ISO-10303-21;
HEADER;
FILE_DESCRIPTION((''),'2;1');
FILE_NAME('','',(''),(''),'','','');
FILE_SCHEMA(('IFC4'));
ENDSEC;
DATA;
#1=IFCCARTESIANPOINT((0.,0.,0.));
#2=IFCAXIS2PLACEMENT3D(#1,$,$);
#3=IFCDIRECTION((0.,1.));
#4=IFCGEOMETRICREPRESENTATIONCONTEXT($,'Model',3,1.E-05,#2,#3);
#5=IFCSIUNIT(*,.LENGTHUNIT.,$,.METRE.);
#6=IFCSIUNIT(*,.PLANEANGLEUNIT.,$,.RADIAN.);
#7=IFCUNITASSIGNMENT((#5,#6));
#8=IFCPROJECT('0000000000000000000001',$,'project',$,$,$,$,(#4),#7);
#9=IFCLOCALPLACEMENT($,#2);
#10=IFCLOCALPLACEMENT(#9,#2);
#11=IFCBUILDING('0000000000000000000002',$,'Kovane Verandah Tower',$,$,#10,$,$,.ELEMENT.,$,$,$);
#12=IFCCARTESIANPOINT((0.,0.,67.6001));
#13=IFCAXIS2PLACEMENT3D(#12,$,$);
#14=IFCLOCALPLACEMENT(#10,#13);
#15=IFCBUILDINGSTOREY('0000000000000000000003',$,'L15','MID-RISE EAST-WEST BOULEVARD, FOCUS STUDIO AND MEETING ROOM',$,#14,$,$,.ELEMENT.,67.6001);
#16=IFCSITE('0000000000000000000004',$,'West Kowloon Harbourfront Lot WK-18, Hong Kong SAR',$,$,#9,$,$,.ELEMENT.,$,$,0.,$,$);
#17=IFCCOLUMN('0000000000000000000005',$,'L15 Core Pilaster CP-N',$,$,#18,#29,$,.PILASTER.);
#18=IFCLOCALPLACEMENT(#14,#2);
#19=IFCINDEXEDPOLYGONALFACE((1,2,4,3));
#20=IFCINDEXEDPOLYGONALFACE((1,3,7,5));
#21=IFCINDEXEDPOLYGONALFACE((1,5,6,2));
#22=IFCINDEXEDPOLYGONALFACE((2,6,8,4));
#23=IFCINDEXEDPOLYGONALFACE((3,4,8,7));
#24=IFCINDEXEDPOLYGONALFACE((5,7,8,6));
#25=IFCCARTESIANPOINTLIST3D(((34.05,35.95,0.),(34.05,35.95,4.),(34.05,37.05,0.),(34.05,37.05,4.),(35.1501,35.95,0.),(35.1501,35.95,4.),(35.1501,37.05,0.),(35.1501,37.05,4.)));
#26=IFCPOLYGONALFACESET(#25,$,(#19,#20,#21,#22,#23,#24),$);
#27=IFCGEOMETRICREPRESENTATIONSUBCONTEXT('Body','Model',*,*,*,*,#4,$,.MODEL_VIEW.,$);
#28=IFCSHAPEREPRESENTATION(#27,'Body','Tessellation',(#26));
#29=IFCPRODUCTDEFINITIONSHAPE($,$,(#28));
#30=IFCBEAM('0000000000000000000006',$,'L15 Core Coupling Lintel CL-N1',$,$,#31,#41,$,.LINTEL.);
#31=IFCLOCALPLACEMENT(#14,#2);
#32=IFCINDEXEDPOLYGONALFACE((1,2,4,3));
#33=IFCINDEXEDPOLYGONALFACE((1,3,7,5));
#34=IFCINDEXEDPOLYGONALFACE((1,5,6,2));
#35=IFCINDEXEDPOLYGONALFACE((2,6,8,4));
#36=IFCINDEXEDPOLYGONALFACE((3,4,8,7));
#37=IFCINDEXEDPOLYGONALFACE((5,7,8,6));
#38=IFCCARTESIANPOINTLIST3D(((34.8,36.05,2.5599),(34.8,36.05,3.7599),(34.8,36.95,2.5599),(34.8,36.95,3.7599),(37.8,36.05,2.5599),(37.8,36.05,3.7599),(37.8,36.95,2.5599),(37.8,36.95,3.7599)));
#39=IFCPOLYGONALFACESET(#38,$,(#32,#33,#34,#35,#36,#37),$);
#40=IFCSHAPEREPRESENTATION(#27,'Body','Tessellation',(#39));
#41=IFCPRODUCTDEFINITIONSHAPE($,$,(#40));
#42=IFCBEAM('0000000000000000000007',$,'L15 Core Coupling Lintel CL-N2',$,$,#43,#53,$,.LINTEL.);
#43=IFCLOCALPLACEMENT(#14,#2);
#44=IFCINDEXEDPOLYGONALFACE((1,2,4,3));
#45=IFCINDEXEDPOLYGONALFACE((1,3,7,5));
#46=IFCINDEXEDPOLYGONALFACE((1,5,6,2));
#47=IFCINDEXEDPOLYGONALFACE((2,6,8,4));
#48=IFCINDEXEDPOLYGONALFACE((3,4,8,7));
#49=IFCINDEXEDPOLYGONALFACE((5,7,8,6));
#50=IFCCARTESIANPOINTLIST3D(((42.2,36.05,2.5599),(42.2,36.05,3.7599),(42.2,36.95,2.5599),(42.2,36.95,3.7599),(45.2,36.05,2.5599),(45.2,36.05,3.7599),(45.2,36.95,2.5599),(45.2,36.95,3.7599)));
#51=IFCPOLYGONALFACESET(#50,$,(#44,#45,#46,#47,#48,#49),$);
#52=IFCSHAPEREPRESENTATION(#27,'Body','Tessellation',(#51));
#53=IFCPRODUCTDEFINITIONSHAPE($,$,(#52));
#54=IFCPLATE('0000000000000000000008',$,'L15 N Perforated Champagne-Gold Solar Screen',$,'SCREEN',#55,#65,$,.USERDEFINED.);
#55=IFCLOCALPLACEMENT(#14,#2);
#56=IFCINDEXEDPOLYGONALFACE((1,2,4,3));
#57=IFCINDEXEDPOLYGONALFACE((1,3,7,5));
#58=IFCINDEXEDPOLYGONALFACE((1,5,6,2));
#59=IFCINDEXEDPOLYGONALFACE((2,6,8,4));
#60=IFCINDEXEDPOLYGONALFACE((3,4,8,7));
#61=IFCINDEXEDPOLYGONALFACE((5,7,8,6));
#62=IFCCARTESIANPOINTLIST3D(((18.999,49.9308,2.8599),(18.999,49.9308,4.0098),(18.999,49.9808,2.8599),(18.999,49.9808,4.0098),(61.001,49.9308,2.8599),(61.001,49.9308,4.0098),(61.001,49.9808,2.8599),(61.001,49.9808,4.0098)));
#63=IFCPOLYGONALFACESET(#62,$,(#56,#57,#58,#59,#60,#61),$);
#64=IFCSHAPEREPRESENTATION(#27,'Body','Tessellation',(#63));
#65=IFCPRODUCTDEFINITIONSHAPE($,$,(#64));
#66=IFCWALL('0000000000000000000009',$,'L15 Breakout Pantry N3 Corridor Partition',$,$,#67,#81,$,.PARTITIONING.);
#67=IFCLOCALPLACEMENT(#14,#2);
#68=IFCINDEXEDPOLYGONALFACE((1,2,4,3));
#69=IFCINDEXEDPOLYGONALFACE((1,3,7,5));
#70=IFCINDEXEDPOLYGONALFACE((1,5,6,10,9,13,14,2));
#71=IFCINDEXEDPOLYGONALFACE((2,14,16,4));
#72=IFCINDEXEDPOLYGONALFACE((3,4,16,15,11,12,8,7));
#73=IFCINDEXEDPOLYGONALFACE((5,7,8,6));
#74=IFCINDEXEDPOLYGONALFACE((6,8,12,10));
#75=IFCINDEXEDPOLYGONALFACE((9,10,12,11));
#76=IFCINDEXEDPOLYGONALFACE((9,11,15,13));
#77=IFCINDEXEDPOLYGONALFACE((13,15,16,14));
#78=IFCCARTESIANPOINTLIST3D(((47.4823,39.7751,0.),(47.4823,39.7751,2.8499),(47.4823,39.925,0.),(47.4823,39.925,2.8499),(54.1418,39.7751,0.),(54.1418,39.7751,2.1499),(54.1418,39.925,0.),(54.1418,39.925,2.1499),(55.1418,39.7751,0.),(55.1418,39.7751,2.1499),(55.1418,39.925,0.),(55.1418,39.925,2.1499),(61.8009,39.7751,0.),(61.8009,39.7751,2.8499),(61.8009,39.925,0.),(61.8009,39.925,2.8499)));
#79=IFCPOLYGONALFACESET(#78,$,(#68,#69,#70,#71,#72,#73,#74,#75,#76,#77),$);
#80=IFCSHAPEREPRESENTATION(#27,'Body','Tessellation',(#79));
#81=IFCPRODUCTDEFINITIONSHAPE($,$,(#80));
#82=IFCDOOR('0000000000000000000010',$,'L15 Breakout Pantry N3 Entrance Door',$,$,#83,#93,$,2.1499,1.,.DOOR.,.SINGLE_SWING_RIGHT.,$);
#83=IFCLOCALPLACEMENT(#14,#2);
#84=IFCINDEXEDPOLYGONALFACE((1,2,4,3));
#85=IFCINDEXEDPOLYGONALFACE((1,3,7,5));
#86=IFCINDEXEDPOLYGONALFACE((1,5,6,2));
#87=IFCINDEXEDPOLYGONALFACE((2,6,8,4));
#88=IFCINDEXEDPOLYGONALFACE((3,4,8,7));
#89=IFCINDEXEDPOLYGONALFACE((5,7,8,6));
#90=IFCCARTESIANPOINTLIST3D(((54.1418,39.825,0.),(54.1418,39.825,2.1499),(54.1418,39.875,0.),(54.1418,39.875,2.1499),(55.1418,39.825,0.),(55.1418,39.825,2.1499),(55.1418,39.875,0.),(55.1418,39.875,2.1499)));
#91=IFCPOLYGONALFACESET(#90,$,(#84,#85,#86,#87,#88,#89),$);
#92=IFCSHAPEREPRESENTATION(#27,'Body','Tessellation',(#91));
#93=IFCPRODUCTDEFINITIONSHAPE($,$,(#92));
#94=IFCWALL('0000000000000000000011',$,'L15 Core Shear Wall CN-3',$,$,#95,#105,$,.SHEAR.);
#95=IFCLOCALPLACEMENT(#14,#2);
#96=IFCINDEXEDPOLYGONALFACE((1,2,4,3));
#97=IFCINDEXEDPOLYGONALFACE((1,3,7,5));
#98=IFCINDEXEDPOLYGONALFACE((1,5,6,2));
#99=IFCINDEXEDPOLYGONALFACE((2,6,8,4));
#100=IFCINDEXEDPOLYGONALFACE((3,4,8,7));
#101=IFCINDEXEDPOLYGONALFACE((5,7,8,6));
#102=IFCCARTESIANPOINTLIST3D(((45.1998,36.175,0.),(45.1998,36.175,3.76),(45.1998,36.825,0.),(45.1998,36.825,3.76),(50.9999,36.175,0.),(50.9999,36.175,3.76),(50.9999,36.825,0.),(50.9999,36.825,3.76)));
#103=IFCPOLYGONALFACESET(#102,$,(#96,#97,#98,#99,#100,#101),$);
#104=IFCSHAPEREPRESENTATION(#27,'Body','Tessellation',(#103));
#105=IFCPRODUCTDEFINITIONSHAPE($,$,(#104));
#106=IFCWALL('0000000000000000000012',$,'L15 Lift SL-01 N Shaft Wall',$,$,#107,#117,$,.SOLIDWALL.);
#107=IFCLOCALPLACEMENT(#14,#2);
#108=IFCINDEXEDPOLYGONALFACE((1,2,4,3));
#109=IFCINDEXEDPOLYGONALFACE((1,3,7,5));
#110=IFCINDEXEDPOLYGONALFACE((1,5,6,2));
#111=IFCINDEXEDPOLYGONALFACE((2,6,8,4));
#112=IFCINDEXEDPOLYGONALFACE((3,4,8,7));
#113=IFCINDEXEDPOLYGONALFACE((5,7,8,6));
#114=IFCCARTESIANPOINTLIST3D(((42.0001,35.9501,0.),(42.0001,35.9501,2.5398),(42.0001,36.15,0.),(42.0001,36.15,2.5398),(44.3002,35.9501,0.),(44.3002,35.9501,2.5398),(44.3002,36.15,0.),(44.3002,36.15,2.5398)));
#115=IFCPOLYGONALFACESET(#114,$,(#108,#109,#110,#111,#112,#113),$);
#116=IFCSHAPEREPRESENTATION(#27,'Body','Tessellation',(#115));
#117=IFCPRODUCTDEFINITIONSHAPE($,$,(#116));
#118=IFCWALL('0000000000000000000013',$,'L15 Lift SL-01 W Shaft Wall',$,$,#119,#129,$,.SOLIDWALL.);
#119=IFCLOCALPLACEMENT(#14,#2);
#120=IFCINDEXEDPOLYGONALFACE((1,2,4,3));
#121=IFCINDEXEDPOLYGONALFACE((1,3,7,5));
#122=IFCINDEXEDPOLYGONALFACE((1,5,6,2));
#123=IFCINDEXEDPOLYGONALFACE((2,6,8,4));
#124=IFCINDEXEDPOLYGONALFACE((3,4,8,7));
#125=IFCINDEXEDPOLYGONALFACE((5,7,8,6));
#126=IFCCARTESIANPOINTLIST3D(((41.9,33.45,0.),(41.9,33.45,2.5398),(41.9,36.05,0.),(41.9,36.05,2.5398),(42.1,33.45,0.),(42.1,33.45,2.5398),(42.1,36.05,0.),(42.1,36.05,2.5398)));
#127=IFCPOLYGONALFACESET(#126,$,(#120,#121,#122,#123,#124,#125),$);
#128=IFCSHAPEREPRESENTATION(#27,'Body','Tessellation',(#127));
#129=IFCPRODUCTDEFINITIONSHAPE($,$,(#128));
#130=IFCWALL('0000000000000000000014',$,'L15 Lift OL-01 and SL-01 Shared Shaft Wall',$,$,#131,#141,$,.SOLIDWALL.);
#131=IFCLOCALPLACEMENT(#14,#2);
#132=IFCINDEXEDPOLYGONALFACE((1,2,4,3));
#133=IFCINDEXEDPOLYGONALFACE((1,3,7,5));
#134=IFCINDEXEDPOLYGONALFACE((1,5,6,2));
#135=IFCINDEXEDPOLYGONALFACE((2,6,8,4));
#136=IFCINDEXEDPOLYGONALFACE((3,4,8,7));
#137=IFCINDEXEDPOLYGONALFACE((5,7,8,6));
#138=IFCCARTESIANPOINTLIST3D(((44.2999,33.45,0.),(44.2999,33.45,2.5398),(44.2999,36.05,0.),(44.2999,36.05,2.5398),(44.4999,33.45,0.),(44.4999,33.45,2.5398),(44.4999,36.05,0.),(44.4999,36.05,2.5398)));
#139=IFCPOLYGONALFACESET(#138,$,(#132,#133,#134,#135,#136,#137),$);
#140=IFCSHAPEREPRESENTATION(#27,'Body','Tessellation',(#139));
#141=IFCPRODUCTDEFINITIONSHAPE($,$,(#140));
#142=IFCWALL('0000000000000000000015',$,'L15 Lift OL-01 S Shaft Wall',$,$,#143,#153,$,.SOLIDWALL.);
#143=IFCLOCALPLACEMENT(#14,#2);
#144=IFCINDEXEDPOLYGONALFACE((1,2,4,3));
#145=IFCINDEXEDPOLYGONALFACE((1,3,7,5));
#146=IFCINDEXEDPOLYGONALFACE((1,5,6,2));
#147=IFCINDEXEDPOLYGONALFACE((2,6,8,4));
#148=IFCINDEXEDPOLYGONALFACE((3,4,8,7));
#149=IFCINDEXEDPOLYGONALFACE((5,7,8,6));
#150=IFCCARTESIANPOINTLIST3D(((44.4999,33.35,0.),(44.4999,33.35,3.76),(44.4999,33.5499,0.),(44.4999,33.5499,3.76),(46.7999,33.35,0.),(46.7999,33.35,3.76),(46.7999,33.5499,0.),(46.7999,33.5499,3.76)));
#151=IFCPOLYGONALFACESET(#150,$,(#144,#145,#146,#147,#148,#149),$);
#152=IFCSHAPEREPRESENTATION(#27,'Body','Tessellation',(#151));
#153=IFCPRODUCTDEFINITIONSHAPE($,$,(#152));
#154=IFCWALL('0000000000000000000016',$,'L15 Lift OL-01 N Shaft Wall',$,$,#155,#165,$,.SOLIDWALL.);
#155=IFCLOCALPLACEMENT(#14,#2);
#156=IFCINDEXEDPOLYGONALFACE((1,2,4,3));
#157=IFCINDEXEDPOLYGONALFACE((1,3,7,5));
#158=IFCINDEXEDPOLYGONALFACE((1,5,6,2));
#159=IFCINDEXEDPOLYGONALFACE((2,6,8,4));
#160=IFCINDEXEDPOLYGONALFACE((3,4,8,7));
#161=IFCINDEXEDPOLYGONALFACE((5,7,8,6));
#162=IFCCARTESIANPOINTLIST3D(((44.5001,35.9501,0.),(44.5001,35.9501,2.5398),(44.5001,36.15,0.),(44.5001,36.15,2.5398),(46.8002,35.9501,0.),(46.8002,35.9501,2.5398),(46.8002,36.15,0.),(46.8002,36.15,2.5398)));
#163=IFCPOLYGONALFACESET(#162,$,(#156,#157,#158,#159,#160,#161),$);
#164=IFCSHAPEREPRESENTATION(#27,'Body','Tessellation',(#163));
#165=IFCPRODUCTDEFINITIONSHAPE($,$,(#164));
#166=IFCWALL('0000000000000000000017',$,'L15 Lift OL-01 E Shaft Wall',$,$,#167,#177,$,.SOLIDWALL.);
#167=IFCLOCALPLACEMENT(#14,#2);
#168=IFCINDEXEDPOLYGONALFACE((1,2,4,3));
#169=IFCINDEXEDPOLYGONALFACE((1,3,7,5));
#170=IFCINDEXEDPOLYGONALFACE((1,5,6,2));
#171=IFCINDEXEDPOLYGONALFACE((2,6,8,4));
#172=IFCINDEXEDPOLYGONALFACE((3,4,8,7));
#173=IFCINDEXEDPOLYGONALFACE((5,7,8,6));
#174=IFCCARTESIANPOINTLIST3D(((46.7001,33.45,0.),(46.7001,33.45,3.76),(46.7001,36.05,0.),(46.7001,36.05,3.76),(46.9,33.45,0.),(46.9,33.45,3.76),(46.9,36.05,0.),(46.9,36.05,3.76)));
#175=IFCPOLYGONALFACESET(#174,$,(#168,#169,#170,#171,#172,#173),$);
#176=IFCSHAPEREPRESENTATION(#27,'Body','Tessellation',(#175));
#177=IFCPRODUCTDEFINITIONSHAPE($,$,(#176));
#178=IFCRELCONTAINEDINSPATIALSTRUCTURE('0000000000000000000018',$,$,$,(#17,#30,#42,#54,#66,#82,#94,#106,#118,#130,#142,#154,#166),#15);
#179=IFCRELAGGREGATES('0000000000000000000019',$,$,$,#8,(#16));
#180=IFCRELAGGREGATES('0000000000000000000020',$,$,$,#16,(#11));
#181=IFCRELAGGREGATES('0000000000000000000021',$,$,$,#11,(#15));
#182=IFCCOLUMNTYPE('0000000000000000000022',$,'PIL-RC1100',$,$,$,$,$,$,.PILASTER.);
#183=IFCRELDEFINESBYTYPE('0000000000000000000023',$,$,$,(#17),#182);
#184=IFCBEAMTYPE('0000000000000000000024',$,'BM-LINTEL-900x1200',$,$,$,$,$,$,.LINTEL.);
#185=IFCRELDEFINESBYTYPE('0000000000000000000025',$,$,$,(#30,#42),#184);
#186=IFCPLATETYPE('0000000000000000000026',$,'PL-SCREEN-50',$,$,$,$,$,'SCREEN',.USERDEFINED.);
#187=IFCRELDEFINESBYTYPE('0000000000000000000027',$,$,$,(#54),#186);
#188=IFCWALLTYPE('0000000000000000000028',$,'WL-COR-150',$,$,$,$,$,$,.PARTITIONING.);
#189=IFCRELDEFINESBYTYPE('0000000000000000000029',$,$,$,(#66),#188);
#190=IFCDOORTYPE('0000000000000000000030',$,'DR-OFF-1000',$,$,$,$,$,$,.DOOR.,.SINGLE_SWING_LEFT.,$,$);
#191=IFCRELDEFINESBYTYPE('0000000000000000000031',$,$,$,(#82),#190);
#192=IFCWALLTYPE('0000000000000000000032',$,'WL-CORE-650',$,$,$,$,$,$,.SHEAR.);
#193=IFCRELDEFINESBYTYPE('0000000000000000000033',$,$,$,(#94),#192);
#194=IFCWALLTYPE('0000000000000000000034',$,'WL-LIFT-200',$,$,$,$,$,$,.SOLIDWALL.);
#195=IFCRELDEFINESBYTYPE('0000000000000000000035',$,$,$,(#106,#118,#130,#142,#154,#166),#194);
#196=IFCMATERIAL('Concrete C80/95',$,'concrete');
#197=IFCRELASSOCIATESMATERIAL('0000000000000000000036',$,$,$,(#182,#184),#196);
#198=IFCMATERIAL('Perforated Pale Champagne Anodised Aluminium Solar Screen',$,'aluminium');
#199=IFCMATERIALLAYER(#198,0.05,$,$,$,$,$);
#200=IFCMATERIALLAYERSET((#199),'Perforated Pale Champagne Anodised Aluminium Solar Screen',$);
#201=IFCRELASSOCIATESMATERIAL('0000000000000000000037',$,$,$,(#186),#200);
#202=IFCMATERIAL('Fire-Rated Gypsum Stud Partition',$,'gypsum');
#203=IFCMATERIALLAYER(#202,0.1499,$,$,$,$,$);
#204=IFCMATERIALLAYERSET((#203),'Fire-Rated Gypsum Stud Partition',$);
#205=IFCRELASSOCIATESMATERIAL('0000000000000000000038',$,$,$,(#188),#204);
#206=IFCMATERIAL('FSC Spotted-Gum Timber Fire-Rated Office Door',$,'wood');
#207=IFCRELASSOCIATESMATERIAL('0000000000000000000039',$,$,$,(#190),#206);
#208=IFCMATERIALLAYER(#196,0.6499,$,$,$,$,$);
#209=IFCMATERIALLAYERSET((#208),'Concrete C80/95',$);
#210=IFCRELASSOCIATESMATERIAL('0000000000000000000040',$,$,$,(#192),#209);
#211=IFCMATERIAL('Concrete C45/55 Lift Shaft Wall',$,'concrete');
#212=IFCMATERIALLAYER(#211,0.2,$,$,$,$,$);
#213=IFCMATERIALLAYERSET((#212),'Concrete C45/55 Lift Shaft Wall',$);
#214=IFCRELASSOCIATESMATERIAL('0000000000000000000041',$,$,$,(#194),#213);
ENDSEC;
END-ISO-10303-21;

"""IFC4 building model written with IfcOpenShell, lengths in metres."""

from ifc_helpers import new_model, si_unit, direction, frame, frame_2d, origin, origin_2d, place, context, subcontext, project, spatial, rectangle, extrude, material, layer, layer_set, material_profile, profile_set, type_object, element, fill, save


model = new_model("IFC4")

# Units and contexts
model_context = context("Model", 3, precision=1e-05, world=origin(), true_north=direction((0.0, 1.0)))
body_context = subcontext(model_context, "Body", "Model", "MODEL_VIEW")
ifc_project = project(units=[si_unit("LENGTHUNIT", "METRE"), si_unit("PLANEANGLEUNIT", "RADIAN")], contexts=[model_context])

# Site, building, storey
site_placement = place(None, origin())
site = spatial("IfcSite", under=ifc_project, at=site_placement, Name="West Kowloon Harbourfront Lot WK-18, Hong Kong SAR", CompositionType="ELEMENT", RefElevation=0.0)
building_placement = place(site_placement, origin())
building = spatial("IfcBuilding", under=site, at=building_placement, Name="Kovane Verandah Tower", CompositionType="ELEMENT")
storey_placement = place(building_placement, frame((0.0, 0.0, 67.6001)))
storey = spatial("IfcBuildingStorey", under=building, at=storey_placement, Name="L15", Description="MID-RISE EAST-WEST BOULEVARD, FOCUS STUDIO AND MEETING ROOM", CompositionType="ELEMENT", Elevation=67.6001)

# Column
ifc_material_1 = material(Name="Concrete C80/95", Category="concrete")
ifc_material_profile_1 = material_profile(ifc_material_1, rectangle(XDim=1.1001, YDim=1.1001, at=origin_2d()), Name="RC1100x1100")
ifc_profile_set_1 = profile_set([ifc_material_profile_1], Name="Concrete C80/95")
column_type = type_object("IfcColumnType", Name="PIL-RC1100", PredefinedType="PILASTER", material=ifc_profile_set_1)
column_placement = place(storey_placement, frame((34.6001, 36.5, 0.0), z_axis=(0.0, 0.0, 1.0), x_axis=(1.0, 0.0, 0.0)))
element("IfcColumn", 1, at=column_placement, inside=storey, type_object=column_type, Name="L15 Core Pilaster CP-N", PredefinedType="PILASTER", context=body_context, shape_type="SweptSolid", body=[
    extrude(rectangle(XDim=1.1001, YDim=1.1001, at=origin_2d()), origin(), (0.0, 0.0, 1.0), 4.0),
])

# Beams
ifc_material_profile_2 = material_profile(ifc_material_1, rectangle(XDim=0.8999, YDim=1.2, at=origin_2d()), Name="RCB900x1200")
ifc_profile_set_2 = profile_set([ifc_material_profile_2], Name="Concrete C80/95")
beam_type = type_object("IfcBeamType", Name="BM-LINTEL-900x1200", PredefinedType="LINTEL", material=ifc_profile_set_2)
for number, where, z_axis, x_axis, name in (
    (2, (34.8, 36.5, 3.1599), (1.0, 0.0, 0.0), (0.0, 1.0, 0.0), "L15 Core Coupling Lintel CL-N1"),
    (3, (42.2, 36.5, 3.1599), (1.0, 0.0, 0.0), (0.0, 1.0, 0.0), "L15 Core Coupling Lintel CL-N2"),
):
    element("IfcBeam", number, at=place(storey_placement, frame(where, z_axis=z_axis, x_axis=x_axis)), inside=storey, type_object=beam_type, Name=name, PredefinedType="LINTEL", context=body_context, shape_type="SweptSolid", body=[
        extrude(rectangle(XDim=0.8999, YDim=1.2, at=origin_2d()), origin(), (0.0, 0.0, 1.0), 3.0),
    ])

# Plate
ifc_material_2 = material(Name="Perforated Pale Champagne Anodised Aluminium Solar Screen", Category="aluminium")
ifc_layer_1 = layer(ifc_material_2, 0.05)
ifc_layer_set_1 = layer_set([ifc_layer_1], Name="Perforated Pale Champagne Anodised Aluminium Solar Screen")
plate_type = type_object("IfcPlateType", Name="PL-SCREEN-50", ElementType="SCREEN", PredefinedType="USERDEFINED", material=ifc_layer_set_1)
plate_placement = place(storey_placement, frame((40.0, 49.9558, 2.8599), z_axis=(0.0, 0.0, 1.0), x_axis=(-1.0, 0.0, 0.0)))
element("IfcPlate", 4, at=plate_placement, inside=storey, type_object=plate_type, Name="L15 N Perforated Champagne-Gold Solar Screen", ObjectType="SCREEN", PredefinedType="USERDEFINED", context=body_context, shape_type="SweptSolid", body=[
    extrude(rectangle(XDim=42.002, YDim=0.05, at=origin_2d()), origin(), (0.0, 0.0, 1.0), 1.1499),
])

# Wall, opening, door
ifc_material_3 = material(Name="Fire-Rated Gypsum Stud Partition", Category="gypsum")
ifc_layer_2 = layer(ifc_material_3, 0.1499)
ifc_layer_set_2 = layer_set([ifc_layer_2], Name="Fire-Rated Gypsum Stud Partition")
wall_type_1 = type_object("IfcWallType", Name="WL-COR-150", PredefinedType="PARTITIONING", material=ifc_layer_set_2)
wall_1_placement = place(storey_placement, frame((47.4824, 39.8501, 0.0), z_axis=(0.0, 0.0, 1.0), x_axis=(1.0, 0.0, 0.0)))
wall_1 = element("IfcWall", 5, at=wall_1_placement, inside=storey, type_object=wall_type_1, Name="L15 Breakout Pantry N3 Corridor Partition", PredefinedType="PARTITIONING", context=body_context, shape_type="SweptSolid", body=[
    extrude(rectangle(XDim=14.3186, YDim=0.1499, at=frame_2d((7.1592, 0.0))), origin(), (0.0, 0.0, 1.0), 2.8499),
])
opening_1_placement = place(wall_1_placement, frame((6.6594, 0.0, 0.0)))
opening_1 = element("IfcOpeningElement", 6, at=opening_1_placement, cuts=wall_1, PredefinedType="OPENING", context=body_context, shape_type="SweptSolid", body=[
    extrude(rectangle(XDim=1.0, YDim=2.1499, at=frame_2d((0.5, 1.075))), frame((0.0, 0.075, 0.0), z_axis=(0.0, -1.0, 0.0), x_axis=(1.0, 0.0, 0.0)), (0.0, 0.0, 1.0), 0.1499),
])
ifc_material_4 = material(Name="FSC Spotted-Gum Timber Fire-Rated Office Door", Category="wood")
door_type_1 = type_object("IfcDoorType", Name="DR-OFF-1000", OperationType="SINGLE_SWING_LEFT", PredefinedType="DOOR", material=ifc_material_4)
door_1_placement = place(opening_1_placement, origin())
door_1 = element("IfcDoor", 7, at=door_1_placement, inside=storey, type_object=door_type_1, Name="L15 Breakout Pantry N3 Entrance Door", OperationType="SINGLE_SWING_RIGHT", OverallHeight=2.1499, OverallWidth=1.0, PredefinedType="DOOR", context=body_context, shape_type="SweptSolid", body=[
    extrude(rectangle(XDim=1.0, YDim=2.1499, at=frame_2d((0.5, 1.075))), frame((0.0, 0.0249, 0.0), z_axis=(0.0, -1.0, 0.0), x_axis=(1.0, 0.0, 0.0)), (0.0, 0.0, 1.0), 0.05),
])
fill(opening_1, door_1)
ifc_layer_3 = layer(ifc_material_1, 0.6499)
ifc_layer_set_3 = layer_set([ifc_layer_3], Name="Concrete C80/95")
wall_type_2 = type_object("IfcWallType", Name="WL-CORE-650", PredefinedType="SHEAR", material=ifc_layer_set_3)

# Walls
wall_2_placement = place(storey_placement, frame((45.2, 36.5, 0.0), z_axis=(0.0, 0.0, 1.0), x_axis=(1.0, 0.0, 0.0)))
element("IfcWall", 8, at=wall_2_placement, inside=storey, type_object=wall_type_2, Name="L15 Core Shear Wall CN-3", PredefinedType="SHEAR", context=body_context, shape_type="SweptSolid", body=[
    extrude(rectangle(XDim=5.8, YDim=0.6499, at=frame_2d((2.8999, 0.0))), origin(), (0.0, 0.0, 1.0), 3.76),
])
ifc_material_5 = material(Name="Concrete C45/55 Lift Shaft Wall", Category="concrete")
ifc_layer_4 = layer(ifc_material_5, 0.2)
ifc_layer_set_4 = layer_set([ifc_layer_4], Name="Concrete C45/55 Lift Shaft Wall")
wall_type_3 = type_object("IfcWallType", Name="WL-LIFT-200", PredefinedType="SOLIDWALL", material=ifc_layer_set_4)
wall_3_placement = place(storey_placement, frame((44.3, 36.05, 0.0), z_axis=(0.0, 0.0, 1.0), x_axis=(-1.0, 0.0, 0.0)))
element("IfcWall", 9, at=wall_3_placement, inside=storey, type_object=wall_type_3, Name="L15 Lift SL-01 N Shaft Wall", PredefinedType="SOLIDWALL", context=body_context, shape_type="SweptSolid", body=[
    extrude(rectangle(XDim=2.3, YDim=0.2, at=frame_2d((1.1499, 0.0))), origin(), (0.0, 0.0, 1.0), 2.5398),
])
for number, where, z_axis, x_axis, name in (
    (10, (42.0, 36.05, 0.0), (0.0, 0.0, 1.0), (0.0, -1.0, 0.0), "L15 Lift SL-01 W Shaft Wall"),
    (11, (44.3999, 33.45, 0.0), (0.0, 0.0, 1.0), (0.0, 1.0, 0.0), "L15 Lift OL-01 and SL-01 Shared Shaft Wall"),
):
    element("IfcWall", number, at=place(storey_placement, frame(where, z_axis=z_axis, x_axis=x_axis)), inside=storey, type_object=wall_type_3, Name=name, PredefinedType="SOLIDWALL", context=body_context, shape_type="SweptSolid", body=[
        extrude(rectangle(XDim=2.6001, YDim=0.2, at=frame_2d((1.3, 0.0))), origin(), (0.0, 0.0, 1.0), 2.5398),
    ])
wall_4_placement = place(storey_placement, frame((44.5, 33.45, 0.0), z_axis=(0.0, 0.0, 1.0), x_axis=(1.0, 0.0, 0.0)))
element("IfcWall", 12, at=wall_4_placement, inside=storey, type_object=wall_type_3, Name="L15 Lift OL-01 S Shaft Wall", PredefinedType="SOLIDWALL", context=body_context, shape_type="SweptSolid", body=[
    extrude(rectangle(XDim=2.3, YDim=0.2, at=frame_2d((1.1499, 0.0))), origin(), (0.0, 0.0, 1.0), 3.76),
])
wall_5_placement = place(storey_placement, frame((46.8, 36.05, 0.0), z_axis=(0.0, 0.0, 1.0), x_axis=(-1.0, 0.0, 0.0)))
element("IfcWall", 13, at=wall_5_placement, inside=storey, type_object=wall_type_3, Name="L15 Lift OL-01 N Shaft Wall", PredefinedType="SOLIDWALL", context=body_context, shape_type="SweptSolid", body=[
    extrude(rectangle(XDim=2.3, YDim=0.2, at=frame_2d((1.1499, 0.0))), origin(), (0.0, 0.0, 1.0), 2.5398),
])
wall_6_placement = place(storey_placement, frame((46.8, 33.45, 0.0), z_axis=(0.0, 0.0, 1.0), x_axis=(0.0, 1.0, 0.0)))
element("IfcWall", 14, at=wall_6_placement, inside=storey, type_object=wall_type_3, Name="L15 Lift OL-01 E Shaft Wall", PredefinedType="SOLIDWALL", context=body_context, shape_type="SweptSolid", body=[
    extrude(rectangle(XDim=2.6001, YDim=0.2, at=frame_2d((1.3, 0.0))), origin(), (0.0, 0.0, 1.0), 3.76),
])

save(model, "model.ifc")
